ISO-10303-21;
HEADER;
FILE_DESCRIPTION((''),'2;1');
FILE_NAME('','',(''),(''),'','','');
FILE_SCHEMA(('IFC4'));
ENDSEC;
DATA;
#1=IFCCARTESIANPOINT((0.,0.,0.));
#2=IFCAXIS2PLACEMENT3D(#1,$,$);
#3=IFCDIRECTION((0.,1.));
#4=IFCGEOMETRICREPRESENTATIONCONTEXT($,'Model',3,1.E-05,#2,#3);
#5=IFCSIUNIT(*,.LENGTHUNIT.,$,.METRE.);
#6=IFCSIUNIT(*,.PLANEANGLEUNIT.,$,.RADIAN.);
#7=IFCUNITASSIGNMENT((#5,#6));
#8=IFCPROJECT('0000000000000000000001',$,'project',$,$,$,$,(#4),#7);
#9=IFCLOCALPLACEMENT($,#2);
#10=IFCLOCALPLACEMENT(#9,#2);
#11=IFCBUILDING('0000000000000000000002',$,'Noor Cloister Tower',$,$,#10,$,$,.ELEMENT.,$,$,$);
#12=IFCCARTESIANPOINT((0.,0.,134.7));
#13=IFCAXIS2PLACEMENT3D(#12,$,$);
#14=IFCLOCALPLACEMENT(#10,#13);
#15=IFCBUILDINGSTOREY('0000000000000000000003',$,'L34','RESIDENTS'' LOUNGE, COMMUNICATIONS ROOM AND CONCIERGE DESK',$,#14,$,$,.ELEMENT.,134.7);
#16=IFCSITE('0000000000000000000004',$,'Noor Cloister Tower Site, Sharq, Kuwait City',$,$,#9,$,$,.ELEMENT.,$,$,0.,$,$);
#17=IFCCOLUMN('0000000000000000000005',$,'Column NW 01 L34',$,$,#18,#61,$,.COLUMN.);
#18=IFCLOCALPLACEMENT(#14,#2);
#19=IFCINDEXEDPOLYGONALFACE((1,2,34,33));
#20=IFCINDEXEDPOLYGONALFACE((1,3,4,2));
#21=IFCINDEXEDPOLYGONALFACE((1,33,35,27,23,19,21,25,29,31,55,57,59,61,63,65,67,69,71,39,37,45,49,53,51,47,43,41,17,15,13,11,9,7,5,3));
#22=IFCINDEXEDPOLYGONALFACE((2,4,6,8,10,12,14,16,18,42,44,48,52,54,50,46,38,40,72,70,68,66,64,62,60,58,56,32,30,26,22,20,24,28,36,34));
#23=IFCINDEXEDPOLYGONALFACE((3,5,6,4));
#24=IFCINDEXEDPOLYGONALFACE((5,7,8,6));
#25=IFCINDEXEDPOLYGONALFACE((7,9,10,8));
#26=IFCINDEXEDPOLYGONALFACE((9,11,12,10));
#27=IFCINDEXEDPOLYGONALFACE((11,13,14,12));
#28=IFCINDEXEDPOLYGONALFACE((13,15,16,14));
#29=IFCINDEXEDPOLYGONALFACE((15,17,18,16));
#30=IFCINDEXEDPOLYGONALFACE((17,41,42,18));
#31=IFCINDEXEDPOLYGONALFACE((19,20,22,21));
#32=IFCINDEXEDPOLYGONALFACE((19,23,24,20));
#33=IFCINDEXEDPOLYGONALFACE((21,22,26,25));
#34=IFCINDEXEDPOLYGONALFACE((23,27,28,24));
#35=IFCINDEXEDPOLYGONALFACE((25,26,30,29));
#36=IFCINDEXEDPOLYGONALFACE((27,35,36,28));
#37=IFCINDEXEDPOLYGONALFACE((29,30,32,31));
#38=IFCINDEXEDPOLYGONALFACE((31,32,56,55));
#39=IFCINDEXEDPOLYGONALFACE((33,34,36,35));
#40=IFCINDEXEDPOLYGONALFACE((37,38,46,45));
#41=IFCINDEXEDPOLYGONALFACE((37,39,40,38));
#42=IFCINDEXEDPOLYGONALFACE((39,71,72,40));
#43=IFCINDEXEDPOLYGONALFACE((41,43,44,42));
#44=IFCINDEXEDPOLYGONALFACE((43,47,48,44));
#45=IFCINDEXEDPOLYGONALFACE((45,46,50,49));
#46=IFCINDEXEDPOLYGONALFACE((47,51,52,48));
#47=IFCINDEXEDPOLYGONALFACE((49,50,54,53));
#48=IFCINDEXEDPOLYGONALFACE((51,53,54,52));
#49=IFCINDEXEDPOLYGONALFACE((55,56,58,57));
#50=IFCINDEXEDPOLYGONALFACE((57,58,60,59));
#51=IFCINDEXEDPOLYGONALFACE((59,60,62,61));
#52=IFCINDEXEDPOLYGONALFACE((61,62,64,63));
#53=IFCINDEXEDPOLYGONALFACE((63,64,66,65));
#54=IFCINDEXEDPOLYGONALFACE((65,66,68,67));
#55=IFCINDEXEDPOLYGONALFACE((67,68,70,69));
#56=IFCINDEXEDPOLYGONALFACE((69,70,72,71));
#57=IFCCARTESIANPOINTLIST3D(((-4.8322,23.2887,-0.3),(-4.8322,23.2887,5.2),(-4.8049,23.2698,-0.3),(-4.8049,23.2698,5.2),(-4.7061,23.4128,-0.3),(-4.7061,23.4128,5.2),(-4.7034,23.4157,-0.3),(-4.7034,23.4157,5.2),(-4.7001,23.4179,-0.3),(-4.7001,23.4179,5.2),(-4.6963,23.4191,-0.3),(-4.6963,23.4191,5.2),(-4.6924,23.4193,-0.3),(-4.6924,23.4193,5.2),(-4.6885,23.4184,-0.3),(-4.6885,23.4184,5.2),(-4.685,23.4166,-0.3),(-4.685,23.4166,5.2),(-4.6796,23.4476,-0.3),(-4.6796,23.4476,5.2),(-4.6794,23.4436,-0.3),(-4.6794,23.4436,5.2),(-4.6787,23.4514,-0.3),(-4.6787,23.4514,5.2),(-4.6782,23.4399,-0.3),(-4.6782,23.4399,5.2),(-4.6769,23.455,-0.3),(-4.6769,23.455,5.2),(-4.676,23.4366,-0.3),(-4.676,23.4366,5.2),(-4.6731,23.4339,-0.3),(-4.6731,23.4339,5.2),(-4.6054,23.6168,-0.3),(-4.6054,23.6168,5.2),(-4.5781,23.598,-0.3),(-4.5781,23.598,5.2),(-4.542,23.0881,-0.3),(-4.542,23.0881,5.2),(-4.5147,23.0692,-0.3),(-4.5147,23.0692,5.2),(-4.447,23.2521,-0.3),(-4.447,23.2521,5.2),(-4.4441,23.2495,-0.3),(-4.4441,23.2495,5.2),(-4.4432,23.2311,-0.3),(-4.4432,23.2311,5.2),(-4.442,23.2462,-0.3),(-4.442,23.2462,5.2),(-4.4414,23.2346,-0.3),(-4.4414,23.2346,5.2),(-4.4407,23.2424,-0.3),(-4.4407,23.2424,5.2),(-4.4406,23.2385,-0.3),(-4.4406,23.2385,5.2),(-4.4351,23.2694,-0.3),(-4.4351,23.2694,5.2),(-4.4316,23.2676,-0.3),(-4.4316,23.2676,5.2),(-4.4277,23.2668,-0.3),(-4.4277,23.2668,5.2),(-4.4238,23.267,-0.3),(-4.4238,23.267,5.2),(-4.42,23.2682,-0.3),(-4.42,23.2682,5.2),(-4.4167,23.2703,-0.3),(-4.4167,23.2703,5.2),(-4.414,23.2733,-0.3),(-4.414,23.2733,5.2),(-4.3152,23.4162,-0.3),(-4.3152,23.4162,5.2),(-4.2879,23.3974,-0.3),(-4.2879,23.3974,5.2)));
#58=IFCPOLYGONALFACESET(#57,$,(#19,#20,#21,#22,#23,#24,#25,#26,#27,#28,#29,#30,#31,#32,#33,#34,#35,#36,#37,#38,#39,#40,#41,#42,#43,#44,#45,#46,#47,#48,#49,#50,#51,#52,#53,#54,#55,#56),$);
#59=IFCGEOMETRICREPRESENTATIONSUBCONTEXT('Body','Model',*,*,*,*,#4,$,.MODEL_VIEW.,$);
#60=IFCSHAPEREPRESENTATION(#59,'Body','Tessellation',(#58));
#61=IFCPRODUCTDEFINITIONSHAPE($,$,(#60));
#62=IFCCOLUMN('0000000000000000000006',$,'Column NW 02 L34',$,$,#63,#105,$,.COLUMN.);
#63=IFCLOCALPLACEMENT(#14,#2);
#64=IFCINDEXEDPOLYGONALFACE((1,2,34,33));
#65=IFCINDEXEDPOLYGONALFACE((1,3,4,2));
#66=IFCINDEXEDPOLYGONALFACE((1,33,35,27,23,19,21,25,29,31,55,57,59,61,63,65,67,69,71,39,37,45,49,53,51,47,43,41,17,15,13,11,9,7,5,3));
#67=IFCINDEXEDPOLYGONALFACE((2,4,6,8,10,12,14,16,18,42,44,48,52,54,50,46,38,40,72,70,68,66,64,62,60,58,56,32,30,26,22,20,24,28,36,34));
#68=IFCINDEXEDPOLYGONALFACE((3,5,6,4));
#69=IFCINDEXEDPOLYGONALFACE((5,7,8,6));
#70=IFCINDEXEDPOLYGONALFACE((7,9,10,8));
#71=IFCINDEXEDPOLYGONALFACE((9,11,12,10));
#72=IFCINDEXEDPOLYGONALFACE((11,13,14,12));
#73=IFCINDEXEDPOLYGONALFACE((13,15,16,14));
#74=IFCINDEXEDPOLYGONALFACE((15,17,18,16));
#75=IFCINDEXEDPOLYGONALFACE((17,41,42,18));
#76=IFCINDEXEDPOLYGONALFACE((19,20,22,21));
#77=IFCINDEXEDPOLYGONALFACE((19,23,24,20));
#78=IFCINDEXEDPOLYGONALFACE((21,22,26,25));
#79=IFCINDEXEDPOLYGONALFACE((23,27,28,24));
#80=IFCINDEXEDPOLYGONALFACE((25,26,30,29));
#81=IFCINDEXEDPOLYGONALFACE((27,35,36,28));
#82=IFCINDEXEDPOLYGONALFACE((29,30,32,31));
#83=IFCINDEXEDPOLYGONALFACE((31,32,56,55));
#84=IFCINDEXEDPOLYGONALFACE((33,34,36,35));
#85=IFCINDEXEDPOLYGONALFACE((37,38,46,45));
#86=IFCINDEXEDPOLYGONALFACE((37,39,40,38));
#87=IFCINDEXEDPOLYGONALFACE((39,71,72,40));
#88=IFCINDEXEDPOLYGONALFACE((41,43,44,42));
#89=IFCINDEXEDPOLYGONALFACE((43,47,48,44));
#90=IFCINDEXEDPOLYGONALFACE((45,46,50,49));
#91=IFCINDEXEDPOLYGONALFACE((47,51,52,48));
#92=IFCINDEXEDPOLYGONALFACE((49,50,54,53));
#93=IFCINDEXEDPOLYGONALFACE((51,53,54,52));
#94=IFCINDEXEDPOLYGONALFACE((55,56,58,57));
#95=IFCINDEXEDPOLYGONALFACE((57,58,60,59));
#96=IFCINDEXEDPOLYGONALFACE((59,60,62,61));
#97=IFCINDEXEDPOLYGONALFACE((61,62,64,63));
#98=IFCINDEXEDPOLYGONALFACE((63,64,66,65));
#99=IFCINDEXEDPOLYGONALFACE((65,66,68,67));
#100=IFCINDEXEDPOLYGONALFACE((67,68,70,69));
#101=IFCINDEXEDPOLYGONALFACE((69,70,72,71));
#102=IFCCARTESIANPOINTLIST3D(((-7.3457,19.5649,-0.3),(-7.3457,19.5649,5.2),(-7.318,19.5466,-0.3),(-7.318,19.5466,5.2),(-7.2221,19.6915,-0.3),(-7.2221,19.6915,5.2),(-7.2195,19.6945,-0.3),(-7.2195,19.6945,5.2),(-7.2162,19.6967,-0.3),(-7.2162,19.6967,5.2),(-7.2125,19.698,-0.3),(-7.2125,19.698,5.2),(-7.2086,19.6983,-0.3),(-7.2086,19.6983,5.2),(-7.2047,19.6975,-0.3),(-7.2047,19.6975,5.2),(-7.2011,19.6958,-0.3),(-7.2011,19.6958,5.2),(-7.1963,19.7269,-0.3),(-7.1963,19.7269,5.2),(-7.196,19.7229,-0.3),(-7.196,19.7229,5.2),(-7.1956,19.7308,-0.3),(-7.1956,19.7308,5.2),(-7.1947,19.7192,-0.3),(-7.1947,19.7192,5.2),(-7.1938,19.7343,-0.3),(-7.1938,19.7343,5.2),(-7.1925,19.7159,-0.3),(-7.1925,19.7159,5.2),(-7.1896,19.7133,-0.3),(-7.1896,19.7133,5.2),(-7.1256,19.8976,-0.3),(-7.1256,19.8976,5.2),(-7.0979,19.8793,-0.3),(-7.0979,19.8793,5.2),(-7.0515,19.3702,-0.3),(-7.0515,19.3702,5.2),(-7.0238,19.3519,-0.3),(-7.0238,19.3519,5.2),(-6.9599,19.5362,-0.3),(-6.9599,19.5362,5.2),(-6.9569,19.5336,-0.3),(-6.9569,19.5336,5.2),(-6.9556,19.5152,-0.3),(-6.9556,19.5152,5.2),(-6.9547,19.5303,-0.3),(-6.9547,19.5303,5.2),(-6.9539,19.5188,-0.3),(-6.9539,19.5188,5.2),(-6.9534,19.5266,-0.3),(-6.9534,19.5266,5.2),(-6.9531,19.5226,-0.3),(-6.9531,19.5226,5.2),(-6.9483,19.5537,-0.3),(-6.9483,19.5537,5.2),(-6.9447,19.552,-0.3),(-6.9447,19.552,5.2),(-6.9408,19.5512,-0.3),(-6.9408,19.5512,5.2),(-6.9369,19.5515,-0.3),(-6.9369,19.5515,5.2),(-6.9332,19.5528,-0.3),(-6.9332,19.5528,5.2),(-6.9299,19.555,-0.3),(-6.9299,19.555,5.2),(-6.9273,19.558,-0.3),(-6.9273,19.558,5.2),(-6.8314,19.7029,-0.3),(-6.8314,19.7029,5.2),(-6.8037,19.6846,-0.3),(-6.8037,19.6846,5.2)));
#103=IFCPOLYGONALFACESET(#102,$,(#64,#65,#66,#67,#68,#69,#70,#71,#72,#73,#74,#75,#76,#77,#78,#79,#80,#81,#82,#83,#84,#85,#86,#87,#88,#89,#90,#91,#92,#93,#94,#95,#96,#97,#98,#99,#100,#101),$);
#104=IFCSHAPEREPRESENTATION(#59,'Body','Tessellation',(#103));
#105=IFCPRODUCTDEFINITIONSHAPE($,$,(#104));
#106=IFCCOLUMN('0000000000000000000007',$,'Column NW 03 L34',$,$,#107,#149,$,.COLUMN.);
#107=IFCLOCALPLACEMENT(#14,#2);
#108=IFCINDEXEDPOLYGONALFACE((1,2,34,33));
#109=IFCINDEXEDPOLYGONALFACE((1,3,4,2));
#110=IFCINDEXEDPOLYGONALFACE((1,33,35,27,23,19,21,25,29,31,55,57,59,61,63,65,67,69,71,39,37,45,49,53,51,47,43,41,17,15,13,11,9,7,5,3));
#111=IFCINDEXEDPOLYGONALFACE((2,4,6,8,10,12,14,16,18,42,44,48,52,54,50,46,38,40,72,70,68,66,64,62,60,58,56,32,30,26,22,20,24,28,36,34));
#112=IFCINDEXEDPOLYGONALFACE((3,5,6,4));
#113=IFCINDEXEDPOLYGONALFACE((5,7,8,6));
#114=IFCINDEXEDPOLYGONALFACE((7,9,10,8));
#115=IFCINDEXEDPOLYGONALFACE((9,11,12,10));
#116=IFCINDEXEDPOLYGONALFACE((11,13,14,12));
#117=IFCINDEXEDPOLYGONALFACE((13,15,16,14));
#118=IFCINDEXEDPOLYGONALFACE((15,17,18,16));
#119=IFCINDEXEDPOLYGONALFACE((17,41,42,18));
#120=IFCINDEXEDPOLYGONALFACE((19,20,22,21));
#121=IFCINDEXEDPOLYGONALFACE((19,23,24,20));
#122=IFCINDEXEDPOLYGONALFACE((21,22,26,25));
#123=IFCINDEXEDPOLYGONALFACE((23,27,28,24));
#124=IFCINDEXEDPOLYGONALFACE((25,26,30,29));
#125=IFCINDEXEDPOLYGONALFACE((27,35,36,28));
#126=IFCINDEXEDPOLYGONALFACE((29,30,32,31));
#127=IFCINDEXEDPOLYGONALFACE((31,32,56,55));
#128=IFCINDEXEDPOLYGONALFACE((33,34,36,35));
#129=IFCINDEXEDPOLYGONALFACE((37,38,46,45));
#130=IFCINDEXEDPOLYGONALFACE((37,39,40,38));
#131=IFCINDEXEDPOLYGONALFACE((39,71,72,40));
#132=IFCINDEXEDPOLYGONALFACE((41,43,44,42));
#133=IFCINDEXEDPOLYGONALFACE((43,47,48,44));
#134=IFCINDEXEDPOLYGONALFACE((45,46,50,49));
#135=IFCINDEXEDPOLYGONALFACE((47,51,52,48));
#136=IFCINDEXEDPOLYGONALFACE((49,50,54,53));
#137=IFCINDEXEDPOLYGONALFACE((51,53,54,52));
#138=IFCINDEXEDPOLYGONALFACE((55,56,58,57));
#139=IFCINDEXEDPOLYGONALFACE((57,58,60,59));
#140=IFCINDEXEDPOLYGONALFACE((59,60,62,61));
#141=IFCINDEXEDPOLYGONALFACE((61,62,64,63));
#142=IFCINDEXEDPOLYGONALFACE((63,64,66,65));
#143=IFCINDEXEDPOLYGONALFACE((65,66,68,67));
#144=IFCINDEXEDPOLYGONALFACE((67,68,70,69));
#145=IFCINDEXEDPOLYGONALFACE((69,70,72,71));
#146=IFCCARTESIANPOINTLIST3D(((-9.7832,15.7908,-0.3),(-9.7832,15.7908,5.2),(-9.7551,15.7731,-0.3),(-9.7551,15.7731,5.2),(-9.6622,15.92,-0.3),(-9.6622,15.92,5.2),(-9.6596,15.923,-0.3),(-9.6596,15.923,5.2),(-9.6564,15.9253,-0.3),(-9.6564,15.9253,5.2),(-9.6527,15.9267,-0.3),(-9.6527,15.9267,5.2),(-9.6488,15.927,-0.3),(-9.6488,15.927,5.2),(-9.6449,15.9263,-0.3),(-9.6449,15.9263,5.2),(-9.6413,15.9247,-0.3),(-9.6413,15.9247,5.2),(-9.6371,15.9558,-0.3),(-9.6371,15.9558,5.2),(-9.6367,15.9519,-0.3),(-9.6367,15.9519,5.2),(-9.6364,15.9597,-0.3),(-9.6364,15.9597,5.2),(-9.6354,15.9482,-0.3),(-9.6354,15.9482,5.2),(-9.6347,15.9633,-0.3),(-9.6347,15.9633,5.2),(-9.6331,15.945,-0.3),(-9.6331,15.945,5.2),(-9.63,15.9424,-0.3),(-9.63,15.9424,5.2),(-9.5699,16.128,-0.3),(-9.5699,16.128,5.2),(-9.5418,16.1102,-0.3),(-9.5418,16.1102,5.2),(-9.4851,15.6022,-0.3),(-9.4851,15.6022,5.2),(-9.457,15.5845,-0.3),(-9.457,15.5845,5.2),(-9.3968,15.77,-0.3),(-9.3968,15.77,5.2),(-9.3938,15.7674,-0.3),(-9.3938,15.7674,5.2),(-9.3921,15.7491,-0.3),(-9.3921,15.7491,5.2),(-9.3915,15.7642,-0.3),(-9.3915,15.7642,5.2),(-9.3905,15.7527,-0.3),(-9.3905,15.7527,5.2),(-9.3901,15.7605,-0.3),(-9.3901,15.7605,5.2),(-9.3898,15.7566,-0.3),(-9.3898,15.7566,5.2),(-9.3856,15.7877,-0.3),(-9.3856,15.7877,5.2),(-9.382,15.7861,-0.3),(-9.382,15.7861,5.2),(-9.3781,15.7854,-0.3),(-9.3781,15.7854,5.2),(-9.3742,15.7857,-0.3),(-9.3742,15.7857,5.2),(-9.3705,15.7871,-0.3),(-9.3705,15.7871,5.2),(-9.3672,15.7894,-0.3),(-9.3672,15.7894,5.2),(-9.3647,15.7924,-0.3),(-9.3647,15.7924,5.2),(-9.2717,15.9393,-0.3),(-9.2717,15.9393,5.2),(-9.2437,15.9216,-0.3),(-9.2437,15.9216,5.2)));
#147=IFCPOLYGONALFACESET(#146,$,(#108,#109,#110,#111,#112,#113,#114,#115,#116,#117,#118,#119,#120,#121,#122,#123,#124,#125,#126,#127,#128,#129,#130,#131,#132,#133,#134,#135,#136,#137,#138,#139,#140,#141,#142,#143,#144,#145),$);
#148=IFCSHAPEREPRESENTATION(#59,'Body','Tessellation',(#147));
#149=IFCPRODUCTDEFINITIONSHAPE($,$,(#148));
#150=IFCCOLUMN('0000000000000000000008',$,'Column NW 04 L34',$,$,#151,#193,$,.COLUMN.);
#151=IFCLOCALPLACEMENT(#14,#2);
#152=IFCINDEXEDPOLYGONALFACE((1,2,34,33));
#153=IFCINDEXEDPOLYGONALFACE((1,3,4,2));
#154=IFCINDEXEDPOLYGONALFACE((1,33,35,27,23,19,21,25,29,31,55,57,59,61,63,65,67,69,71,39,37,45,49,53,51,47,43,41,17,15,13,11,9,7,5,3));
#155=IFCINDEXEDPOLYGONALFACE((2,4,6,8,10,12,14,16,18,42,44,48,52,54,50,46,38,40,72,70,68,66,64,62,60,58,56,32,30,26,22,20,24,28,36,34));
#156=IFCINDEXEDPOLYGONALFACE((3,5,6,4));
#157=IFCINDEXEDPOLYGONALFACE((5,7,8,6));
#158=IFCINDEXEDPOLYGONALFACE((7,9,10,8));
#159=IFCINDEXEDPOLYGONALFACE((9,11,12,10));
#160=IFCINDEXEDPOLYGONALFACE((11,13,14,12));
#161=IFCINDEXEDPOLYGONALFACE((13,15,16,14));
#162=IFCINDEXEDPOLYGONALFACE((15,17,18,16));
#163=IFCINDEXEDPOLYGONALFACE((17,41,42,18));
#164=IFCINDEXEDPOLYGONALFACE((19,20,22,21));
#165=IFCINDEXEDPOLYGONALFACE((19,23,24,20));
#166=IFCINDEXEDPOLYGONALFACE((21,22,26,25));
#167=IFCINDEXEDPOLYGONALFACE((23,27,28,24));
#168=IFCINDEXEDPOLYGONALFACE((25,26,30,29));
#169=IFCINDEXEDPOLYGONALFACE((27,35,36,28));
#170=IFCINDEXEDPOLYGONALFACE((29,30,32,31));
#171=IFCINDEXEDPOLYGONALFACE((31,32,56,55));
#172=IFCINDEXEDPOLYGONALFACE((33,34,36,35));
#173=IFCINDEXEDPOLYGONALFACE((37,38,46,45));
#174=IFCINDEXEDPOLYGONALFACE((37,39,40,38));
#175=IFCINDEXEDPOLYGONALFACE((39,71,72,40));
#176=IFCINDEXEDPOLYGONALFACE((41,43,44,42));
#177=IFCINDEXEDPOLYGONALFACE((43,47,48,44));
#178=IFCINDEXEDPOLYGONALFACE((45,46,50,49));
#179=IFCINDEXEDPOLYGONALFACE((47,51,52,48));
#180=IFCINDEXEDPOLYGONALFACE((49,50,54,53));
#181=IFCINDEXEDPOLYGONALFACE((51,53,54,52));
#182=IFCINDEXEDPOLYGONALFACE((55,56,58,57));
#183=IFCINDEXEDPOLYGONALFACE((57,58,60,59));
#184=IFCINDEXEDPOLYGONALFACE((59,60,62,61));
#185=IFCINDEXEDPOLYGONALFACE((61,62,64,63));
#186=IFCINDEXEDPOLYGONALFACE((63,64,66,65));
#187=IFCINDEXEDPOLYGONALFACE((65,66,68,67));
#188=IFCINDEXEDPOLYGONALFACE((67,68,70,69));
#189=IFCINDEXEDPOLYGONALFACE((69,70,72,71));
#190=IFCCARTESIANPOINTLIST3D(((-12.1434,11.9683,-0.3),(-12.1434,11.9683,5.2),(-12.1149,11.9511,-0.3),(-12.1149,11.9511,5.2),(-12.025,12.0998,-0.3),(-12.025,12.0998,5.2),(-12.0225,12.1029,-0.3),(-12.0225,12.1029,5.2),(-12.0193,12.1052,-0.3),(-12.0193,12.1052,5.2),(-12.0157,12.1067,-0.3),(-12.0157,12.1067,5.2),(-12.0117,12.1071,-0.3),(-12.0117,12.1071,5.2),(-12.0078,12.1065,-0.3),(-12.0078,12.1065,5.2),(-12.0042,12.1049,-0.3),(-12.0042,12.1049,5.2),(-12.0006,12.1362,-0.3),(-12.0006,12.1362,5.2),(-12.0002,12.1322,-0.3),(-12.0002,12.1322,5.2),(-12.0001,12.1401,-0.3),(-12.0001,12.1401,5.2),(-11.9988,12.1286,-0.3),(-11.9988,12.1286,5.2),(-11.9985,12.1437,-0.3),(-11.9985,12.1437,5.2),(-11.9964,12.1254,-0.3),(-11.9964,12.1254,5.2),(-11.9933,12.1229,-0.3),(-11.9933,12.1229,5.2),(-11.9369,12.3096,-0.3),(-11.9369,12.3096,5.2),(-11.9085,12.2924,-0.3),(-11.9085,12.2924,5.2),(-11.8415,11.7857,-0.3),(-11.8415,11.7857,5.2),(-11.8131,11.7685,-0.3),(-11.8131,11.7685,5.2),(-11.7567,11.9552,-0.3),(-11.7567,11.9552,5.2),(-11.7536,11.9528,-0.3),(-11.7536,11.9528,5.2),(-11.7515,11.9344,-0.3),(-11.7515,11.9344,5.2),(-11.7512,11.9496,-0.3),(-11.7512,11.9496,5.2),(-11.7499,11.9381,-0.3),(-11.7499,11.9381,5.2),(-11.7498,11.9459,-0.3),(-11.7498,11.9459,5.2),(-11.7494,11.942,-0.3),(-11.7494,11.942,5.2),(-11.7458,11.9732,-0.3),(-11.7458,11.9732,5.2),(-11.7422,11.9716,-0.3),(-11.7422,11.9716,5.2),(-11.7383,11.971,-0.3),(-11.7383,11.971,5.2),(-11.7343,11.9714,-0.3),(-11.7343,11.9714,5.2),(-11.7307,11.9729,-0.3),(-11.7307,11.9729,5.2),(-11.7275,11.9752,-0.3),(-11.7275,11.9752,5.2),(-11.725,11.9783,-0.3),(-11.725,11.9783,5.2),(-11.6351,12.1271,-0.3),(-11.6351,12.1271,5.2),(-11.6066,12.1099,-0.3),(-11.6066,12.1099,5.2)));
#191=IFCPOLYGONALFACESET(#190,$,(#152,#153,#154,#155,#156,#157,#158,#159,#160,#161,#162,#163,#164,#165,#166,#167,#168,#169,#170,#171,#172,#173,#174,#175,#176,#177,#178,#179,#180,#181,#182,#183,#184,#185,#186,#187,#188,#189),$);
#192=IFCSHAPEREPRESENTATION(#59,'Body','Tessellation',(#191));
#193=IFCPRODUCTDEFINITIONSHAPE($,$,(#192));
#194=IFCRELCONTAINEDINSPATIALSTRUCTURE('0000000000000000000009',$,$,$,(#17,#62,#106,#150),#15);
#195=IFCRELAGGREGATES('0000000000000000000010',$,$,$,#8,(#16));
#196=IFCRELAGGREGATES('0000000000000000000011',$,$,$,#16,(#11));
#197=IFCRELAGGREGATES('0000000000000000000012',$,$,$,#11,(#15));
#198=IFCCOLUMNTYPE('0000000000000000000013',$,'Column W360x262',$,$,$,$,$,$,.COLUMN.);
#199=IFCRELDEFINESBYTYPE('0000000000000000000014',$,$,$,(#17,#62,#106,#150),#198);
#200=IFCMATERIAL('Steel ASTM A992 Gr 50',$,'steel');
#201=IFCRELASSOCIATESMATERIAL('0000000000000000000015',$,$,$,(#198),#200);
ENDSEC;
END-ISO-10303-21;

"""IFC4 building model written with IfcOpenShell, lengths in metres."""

from ifc_helpers import new_model, si_unit, direction, frame, origin, origin_2d, place, context, subcontext, project, spatial, i_section, extrude, material, material_profile, profile_set, type_object, element, save


model = new_model("IFC4")

# Units and contexts
model_context = context("Model", 3, precision=1e-05, world=origin(), true_north=direction((0.0, 1.0)))
body_context = subcontext(model_context, "Body", "Model", "MODEL_VIEW")
ifc_project = project(units=[si_unit("LENGTHUNIT", "METRE"), si_unit("PLANEANGLEUNIT", "RADIAN")], contexts=[model_context])

# Site, building, storey
site_placement = place(None, origin())
site = spatial("IfcSite", under=ifc_project, at=site_placement, Name="Noor Cloister Tower Site, Sharq, Kuwait City", CompositionType="ELEMENT", RefElevation=0.0)
building_placement = place(site_placement, origin())
building = spatial("IfcBuilding", under=site, at=building_placement, Name="Noor Cloister Tower", CompositionType="ELEMENT")
storey_placement = place(building_placement, frame((0.0, 0.0, 134.7)))
storey = spatial("IfcBuildingStorey", under=building, at=storey_placement, Name="L34", Description="RESIDENTS' LOUNGE, COMMUNICATIONS ROOM AND CONCIERGE DESK", CompositionType="ELEMENT", Elevation=134.7)

# Columns
ifc_material_1 = material(Name="Steel ASTM A992 Gr 50", Category="steel")
ifc_material_profile_1 = material_profile(ifc_material_1, i_section(OverallWidth=0.3989, OverallDepth=0.386, WebThickness=0.021, FlangeThickness=0.0332, FilletRadius=0.0151, at=origin_2d()), Name="W360x262")
ifc_profile_set_1 = profile_set([ifc_material_profile_1], Name="Steel ASTM A992 Gr 50")
column_type_1 = type_object("IfcColumnType", Name="Column W360x262", PredefinedType="COLUMN", material=ifc_profile_set_1)
for number, where, z_axis, x_axis, name in (
    (1, (-4.5601, 23.343, -0.3), (0.0, 0.0, 1.0), (-0.568579, -0.822628, 0.0), "Column NW 01 L34"),
    (2, (-7.0747, 19.6248, -0.3), (0.0, 0.0, 1.0), (-0.551768, -0.833997, 0.0), "Column NW 02 L34"),
    (3, (-9.5134, 15.8562, -0.3), (0.0, 0.0, 1.0), (-0.53473, -0.845023, 0.0), "Column NW 03 L34"),
    (4, (-11.875, 12.0391, -0.3), (0.0, 0.0, 1.0), (-0.517472, -0.8557, 0.0), "Column NW 04 L34"),
):
    element("IfcColumn", number, at=place(storey_placement, frame(where, z_axis=z_axis, x_axis=x_axis)), inside=storey, type_object=column_type_1, Name=name, PredefinedType="COLUMN", context=body_context, shape_type="SweptSolid", body=[
        extrude(i_section(OverallWidth=0.3989, OverallDepth=0.386, WebThickness=0.021, FlangeThickness=0.0332, FilletRadius=0.0151, at=origin_2d()), origin(), (0.0, 0.0, 1.0), 5.5),
    ])

save(model, "model.ifc")
